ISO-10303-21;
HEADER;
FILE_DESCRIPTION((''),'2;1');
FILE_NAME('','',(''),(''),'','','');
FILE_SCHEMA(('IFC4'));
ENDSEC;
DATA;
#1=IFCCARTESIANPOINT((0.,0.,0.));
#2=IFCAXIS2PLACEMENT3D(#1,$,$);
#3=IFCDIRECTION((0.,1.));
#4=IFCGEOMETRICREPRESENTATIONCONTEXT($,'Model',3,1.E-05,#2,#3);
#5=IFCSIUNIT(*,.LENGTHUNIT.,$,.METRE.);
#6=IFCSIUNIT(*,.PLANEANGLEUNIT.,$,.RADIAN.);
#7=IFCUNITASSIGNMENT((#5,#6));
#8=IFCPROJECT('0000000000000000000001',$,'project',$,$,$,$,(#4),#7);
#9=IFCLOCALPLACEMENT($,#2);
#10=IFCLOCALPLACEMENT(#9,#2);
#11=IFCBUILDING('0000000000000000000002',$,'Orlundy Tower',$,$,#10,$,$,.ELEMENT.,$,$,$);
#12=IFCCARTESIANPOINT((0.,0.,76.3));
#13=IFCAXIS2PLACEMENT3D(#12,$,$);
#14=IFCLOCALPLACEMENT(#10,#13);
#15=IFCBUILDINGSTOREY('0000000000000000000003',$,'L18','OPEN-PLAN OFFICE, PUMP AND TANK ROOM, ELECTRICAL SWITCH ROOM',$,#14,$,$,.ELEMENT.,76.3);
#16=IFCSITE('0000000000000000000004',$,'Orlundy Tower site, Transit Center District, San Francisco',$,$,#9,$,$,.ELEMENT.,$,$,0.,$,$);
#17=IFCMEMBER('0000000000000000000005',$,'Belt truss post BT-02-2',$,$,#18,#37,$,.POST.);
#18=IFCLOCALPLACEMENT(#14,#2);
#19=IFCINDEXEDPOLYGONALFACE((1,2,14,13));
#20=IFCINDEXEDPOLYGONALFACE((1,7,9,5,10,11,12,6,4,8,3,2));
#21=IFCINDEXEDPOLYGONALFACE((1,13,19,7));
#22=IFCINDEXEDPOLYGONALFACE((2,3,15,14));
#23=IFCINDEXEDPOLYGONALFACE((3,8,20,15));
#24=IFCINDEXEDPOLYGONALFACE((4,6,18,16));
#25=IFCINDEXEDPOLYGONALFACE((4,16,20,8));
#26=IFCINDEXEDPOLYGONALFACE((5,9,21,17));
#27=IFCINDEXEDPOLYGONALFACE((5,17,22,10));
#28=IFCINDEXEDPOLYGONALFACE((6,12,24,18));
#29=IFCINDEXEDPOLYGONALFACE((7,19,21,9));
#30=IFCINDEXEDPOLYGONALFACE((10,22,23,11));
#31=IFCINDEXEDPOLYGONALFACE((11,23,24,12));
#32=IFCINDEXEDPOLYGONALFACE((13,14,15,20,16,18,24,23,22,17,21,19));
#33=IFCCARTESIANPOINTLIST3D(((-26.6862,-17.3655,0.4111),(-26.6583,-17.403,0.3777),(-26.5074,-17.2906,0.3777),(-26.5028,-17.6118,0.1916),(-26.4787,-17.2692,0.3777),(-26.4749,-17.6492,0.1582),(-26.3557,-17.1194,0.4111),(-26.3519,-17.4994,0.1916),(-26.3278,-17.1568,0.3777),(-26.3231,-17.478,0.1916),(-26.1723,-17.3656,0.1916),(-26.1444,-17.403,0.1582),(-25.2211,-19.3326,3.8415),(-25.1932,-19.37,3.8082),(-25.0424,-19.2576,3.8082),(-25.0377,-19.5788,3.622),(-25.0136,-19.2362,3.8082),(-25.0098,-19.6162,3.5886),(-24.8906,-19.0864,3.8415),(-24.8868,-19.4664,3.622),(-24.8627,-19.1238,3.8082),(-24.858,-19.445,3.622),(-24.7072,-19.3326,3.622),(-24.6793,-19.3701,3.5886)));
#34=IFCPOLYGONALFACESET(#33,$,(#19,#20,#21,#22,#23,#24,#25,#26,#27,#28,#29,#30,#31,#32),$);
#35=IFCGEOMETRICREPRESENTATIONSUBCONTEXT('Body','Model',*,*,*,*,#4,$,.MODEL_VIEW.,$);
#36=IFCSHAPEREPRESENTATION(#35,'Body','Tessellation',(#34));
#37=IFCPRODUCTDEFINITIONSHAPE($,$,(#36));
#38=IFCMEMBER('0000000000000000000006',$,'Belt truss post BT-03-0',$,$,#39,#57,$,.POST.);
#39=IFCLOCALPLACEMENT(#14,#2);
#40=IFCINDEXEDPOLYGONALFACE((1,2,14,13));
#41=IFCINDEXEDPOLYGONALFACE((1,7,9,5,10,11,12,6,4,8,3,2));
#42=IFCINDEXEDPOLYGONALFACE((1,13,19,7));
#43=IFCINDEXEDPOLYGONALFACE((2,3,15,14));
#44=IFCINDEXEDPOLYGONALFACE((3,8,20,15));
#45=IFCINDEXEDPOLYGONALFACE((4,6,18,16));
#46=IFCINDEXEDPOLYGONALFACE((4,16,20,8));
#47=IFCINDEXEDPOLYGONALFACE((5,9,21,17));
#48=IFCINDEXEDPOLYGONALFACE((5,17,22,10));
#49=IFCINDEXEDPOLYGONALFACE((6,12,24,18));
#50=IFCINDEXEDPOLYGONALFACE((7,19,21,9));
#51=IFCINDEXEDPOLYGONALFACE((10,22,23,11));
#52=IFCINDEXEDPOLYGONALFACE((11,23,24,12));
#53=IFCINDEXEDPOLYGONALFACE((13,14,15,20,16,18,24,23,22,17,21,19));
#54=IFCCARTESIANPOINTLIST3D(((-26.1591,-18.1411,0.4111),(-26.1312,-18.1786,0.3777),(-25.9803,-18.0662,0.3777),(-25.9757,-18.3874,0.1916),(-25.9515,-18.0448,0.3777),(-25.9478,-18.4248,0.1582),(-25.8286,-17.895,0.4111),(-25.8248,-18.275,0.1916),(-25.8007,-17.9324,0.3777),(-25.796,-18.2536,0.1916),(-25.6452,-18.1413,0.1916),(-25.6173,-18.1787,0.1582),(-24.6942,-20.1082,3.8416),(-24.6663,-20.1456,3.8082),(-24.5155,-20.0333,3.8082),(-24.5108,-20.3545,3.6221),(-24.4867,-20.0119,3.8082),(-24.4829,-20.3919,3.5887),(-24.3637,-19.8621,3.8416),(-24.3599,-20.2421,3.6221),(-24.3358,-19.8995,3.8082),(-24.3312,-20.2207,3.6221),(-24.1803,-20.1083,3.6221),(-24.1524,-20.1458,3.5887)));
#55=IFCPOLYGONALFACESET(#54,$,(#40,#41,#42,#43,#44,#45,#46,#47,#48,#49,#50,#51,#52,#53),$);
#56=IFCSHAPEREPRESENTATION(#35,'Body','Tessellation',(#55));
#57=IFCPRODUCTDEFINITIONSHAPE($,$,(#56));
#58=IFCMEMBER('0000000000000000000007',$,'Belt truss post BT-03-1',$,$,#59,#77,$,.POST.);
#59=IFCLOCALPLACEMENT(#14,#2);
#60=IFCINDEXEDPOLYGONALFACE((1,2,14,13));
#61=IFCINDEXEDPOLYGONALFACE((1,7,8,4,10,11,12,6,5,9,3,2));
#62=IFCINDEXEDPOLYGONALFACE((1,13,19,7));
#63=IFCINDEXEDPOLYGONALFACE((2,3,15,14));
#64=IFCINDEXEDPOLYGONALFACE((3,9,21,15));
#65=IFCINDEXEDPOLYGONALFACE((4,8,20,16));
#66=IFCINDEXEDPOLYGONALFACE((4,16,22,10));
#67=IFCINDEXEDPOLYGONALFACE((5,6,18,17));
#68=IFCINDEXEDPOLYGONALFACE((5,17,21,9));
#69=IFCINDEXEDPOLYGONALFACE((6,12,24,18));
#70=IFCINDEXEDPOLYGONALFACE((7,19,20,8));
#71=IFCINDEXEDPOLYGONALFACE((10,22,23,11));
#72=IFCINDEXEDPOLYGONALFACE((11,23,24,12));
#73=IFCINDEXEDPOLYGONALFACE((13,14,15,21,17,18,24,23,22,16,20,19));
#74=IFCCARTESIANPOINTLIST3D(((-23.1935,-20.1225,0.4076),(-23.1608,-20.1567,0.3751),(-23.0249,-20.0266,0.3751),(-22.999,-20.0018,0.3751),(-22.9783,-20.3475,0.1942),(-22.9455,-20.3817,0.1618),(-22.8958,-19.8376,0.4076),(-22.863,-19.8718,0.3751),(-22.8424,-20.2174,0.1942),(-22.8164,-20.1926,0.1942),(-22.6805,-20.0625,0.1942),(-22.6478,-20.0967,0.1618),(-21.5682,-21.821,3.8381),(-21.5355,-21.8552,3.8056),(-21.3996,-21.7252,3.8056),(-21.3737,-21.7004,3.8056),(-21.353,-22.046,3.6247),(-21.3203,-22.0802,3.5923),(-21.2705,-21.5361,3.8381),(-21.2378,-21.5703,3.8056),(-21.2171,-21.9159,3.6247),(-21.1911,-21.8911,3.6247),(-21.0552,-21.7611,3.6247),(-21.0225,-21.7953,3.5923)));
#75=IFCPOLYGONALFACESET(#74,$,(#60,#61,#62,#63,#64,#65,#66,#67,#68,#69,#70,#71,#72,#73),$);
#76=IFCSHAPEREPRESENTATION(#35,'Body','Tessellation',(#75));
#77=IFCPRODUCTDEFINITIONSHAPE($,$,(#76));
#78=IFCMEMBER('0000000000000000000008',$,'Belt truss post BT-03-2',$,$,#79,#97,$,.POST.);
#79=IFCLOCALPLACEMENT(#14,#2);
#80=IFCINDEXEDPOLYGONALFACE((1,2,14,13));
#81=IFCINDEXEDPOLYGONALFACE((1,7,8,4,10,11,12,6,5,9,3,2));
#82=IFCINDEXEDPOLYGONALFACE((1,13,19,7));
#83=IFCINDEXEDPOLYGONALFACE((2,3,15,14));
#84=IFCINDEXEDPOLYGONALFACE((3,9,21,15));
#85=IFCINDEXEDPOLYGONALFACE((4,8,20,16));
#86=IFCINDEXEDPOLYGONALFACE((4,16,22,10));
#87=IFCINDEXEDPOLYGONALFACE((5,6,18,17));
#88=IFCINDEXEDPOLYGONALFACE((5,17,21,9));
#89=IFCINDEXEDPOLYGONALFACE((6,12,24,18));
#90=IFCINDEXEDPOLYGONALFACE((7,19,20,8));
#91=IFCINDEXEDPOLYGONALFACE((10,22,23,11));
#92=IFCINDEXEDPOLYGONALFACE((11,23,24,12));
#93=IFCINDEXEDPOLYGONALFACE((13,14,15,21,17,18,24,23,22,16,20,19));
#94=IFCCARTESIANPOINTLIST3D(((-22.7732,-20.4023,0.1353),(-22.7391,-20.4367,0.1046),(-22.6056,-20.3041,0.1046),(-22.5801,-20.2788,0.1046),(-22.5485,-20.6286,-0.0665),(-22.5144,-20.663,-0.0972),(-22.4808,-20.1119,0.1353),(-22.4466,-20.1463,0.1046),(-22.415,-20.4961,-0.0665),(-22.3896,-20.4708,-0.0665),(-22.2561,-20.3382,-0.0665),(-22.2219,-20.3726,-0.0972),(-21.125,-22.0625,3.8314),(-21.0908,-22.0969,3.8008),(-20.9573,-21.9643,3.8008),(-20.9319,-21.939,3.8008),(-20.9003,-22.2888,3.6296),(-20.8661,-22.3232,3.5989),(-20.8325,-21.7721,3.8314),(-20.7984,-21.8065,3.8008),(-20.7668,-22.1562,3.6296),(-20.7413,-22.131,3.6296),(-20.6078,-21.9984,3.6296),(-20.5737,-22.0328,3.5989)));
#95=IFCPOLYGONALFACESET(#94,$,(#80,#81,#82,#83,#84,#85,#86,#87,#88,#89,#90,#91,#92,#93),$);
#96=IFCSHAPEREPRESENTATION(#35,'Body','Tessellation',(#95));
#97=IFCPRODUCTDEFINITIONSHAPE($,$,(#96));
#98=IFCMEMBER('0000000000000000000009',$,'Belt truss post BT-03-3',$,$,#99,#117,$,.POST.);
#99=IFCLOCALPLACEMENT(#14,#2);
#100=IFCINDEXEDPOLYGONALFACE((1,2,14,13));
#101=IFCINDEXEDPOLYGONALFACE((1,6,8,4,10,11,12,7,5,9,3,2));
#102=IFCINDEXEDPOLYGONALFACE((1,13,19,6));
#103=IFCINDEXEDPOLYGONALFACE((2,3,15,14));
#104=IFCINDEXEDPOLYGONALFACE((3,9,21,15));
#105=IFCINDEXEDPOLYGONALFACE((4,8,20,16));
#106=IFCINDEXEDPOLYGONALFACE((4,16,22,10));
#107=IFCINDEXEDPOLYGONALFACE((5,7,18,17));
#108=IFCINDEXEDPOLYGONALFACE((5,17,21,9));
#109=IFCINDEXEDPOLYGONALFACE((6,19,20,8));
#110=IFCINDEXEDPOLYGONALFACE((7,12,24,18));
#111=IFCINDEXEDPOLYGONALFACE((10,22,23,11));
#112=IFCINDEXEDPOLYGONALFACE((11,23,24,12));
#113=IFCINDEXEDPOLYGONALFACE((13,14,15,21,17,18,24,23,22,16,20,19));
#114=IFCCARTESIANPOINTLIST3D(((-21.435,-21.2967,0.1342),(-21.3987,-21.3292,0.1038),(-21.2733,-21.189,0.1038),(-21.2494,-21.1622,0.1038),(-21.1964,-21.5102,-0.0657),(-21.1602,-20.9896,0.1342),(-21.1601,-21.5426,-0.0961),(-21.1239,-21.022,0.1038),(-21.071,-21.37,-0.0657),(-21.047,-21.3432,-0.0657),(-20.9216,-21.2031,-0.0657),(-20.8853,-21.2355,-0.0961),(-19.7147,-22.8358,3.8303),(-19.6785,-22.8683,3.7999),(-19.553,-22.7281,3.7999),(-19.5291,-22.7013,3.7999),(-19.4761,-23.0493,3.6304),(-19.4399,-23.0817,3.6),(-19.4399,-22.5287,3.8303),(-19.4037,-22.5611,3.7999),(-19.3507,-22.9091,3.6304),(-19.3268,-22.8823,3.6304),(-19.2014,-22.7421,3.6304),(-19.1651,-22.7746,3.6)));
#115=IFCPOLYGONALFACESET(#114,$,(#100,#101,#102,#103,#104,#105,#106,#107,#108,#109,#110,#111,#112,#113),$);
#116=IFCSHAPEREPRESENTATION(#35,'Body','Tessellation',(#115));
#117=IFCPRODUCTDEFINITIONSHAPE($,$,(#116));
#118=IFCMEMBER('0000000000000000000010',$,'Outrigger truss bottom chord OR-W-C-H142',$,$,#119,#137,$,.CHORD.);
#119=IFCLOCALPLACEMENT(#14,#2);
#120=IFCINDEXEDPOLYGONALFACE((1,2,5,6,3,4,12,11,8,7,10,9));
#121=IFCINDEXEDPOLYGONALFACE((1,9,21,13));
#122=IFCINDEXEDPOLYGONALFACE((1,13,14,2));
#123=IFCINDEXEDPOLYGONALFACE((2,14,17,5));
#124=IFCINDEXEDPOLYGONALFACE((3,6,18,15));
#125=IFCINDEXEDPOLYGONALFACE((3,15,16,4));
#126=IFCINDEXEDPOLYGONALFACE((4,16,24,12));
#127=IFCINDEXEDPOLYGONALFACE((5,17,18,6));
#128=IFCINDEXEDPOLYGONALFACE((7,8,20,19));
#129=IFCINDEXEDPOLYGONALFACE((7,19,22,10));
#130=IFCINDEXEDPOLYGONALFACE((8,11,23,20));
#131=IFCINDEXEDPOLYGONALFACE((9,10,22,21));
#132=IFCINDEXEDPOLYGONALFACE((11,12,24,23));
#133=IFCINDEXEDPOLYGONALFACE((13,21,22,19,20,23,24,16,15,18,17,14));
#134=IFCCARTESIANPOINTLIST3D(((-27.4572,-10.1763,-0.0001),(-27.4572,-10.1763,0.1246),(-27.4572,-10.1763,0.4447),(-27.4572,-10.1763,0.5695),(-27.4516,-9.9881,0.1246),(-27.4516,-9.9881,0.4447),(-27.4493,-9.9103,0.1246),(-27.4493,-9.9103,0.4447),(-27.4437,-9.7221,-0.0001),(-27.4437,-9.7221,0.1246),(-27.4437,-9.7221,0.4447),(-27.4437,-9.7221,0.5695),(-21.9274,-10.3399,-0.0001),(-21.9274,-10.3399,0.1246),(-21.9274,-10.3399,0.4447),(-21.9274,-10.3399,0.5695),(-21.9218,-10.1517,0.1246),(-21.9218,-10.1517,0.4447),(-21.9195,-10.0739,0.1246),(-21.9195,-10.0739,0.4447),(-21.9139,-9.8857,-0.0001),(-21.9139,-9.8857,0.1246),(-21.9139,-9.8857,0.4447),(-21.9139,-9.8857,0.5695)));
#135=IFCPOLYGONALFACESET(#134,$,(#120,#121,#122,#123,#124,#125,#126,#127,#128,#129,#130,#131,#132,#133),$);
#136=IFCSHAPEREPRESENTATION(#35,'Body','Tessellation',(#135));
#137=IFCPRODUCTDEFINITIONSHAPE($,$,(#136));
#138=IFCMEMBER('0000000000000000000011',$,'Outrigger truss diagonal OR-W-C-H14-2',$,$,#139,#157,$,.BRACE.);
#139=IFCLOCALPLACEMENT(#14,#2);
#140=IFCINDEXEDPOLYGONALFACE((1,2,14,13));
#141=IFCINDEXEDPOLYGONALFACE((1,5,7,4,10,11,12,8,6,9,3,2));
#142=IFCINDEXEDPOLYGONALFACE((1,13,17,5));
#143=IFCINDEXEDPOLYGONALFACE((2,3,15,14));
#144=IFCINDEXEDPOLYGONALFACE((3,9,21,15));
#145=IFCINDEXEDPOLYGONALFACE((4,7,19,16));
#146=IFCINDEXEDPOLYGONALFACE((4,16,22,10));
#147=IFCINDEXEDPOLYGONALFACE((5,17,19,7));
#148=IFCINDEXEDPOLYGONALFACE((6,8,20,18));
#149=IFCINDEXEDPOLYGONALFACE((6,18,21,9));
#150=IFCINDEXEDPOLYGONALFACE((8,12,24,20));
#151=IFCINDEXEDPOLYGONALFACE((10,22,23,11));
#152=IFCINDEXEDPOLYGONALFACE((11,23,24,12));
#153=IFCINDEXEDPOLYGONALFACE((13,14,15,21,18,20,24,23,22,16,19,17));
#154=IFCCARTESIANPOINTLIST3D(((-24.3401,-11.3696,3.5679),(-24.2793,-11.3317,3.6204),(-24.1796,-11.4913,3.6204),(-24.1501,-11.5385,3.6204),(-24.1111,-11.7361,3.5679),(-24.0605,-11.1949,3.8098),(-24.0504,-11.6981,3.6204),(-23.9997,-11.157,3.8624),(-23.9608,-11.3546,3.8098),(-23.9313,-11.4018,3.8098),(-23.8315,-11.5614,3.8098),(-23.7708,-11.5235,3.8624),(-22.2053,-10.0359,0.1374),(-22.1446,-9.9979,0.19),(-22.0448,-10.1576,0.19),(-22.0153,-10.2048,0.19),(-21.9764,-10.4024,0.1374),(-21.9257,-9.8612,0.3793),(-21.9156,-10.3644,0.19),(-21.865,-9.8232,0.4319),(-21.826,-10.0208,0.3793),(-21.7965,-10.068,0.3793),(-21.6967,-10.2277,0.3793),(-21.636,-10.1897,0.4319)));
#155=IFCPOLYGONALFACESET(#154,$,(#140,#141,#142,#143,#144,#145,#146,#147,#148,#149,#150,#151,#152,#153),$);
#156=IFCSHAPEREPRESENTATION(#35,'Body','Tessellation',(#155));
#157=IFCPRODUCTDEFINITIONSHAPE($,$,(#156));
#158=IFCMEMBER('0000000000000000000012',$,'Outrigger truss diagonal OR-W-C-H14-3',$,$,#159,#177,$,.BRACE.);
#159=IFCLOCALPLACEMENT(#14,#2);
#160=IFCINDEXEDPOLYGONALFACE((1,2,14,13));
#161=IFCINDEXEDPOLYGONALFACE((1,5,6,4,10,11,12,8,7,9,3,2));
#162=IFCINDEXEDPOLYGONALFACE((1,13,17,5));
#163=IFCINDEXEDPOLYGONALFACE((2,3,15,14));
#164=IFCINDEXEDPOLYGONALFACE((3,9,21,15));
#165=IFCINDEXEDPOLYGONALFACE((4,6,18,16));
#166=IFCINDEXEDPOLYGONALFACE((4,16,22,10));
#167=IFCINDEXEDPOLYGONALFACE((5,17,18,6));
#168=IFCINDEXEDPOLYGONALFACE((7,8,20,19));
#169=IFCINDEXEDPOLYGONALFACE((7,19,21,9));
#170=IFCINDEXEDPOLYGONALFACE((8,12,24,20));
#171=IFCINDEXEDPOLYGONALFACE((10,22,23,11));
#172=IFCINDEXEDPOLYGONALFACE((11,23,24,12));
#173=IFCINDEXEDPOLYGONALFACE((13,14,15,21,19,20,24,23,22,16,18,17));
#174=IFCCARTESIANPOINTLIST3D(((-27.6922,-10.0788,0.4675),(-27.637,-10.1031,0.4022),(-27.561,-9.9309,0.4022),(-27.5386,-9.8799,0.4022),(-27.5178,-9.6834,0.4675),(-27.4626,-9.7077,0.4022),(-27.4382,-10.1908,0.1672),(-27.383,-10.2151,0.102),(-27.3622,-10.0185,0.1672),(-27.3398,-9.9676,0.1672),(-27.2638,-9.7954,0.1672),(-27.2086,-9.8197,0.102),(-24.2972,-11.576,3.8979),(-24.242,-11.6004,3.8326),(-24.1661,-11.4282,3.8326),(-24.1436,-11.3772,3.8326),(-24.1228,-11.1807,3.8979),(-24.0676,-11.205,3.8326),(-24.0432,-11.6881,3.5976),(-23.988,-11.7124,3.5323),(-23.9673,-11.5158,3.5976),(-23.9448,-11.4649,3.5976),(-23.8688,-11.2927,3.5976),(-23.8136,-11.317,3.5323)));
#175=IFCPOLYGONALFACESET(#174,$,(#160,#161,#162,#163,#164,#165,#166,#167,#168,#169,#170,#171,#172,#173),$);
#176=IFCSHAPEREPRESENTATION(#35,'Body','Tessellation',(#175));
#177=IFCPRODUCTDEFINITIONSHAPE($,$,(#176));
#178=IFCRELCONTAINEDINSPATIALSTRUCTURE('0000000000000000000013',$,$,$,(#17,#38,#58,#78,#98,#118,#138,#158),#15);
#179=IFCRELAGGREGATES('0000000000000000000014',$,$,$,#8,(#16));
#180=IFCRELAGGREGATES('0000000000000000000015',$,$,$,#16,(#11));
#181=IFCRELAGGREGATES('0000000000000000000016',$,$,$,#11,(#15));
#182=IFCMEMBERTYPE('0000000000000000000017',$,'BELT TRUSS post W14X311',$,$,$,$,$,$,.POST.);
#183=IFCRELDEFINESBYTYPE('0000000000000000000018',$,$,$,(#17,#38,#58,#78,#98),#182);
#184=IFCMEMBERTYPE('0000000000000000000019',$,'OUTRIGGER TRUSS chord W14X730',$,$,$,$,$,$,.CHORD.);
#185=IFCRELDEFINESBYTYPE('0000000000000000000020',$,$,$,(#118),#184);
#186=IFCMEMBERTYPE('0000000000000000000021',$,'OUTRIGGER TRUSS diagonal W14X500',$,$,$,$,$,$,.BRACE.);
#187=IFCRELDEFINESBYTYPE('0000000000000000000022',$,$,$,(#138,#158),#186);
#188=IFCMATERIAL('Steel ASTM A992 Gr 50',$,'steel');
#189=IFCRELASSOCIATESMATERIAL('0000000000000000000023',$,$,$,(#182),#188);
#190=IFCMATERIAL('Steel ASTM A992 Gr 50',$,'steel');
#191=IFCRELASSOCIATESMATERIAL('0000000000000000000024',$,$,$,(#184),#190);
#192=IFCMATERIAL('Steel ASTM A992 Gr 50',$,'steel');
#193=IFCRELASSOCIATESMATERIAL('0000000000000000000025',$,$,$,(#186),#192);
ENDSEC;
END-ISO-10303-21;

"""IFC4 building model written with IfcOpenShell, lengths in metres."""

from ifc_helpers import new_model, si_unit, direction, frame, origin, origin_2d, place, context, subcontext, project, spatial, i_section, extrude, material, material_profile, profile_set, type_object, element, save


model = new_model("IFC4")

# Units and contexts
model_context = context("Model", 3, precision=1e-05, world=origin(), true_north=direction((0.0, 1.0)))
body_context = subcontext(model_context, "Body", "Model", "MODEL_VIEW")
ifc_project = project(units=[si_unit("LENGTHUNIT", "METRE"), si_unit("PLANEANGLEUNIT", "RADIAN")], contexts=[model_context])

# Site, building, storey
site_placement = place(None, origin())
site = spatial("IfcSite", under=ifc_project, at=site_placement, Name="Orlundy Tower site, Transit Center District, San Francisco", CompositionType="ELEMENT", RefElevation=0.0)
building_placement = place(site_placement, origin())
building = spatial("IfcBuilding", under=site, at=building_placement, Name="Orlundy Tower", CompositionType="ELEMENT")
storey_placement = place(building_placement, frame((0.0, 0.0, 76.3)))
storey = spatial("IfcBuildingStorey", under=building, at=storey_placement, Name="L18", Description="OPEN-PLAN OFFICE, PUMP AND TANK ROOM, ELECTRICAL SWITCH ROOM", CompositionType="ELEMENT", Elevation=76.3)

# Members
ifc_material_1 = material(Name="Steel ASTM A992 Gr 50", Category="steel")
ifc_material_profile_1 = material_profile(ifc_material_1, i_section(OverallWidth=0.4121, OverallDepth=0.4348, WebThickness=0.0359, FlangeThickness=0.0574, at=origin_2d()), Name="W14X311")
ifc_profile_set_1 = profile_set([ifc_material_profile_1], Name="Steel ASTM A992 Gr 50")
member_type_1 = type_object("IfcMemberType", Name="BELT TRUSS post W14X311", PredefinedType="POST", material=ifc_profile_set_1)
for number, where, z_axis, x_axis, name in (
    (1, (-26.4153, -17.3843, 0.2847), (0.34742, -0.466449, 0.813464), (0.80199, 0.597337, 0.0), "Belt truss post BT-02-2"),
    (2, (-25.8882, -18.1599, 0.2847), (0.347369, -0.466459, 0.813481), (0.802038, 0.597273, 0.0), "Belt truss post BT-03-0"),
):
    element("IfcMember", number, at=place(storey_placement, frame(where, z_axis=z_axis, x_axis=x_axis)), inside=storey, type_object=member_type_1, Name=name, PredefinedType="POST", context=body_context, shape_type="SweptSolid", body=[
        extrude(i_section(OverallWidth=0.4121, OverallDepth=0.4348, WebThickness=0.0359, FlangeThickness=0.0574, at=origin_2d()), origin(), (0.0, 0.0, 1.0), 4.217),
    ])
member_1_placement = place(storey_placement, frame((-22.9207, -20.1096, 0.2847), z_axis=(0.390814, -0.408426, 0.824895), x_axis=(0.722513, 0.691357, 0.0)))
element("IfcMember", 3, at=member_1_placement, inside=storey, type_object=member_type_1, Name="Belt truss post BT-03-1", PredefinedType="POST", context=body_context, shape_type="SweptSolid", body=[
    extrude(i_section(OverallWidth=0.4121, OverallDepth=0.4348, WebThickness=0.0359, FlangeThickness=0.0574, at=origin_2d()), origin(), (0.0, 0.0, 1.0), 4.1587),
])
member_2_placement = place(storey_placement, frame((-22.4976, -20.3875, 0.019), z_axis=(0.376801, -0.379536, 0.84497), x_axis=(0.709659, 0.704545, 0.0)))
element("IfcMember", 4, at=member_2_placement, inside=storey, type_object=member_type_1, Name="Belt truss post BT-03-2", PredefinedType="POST", context=body_context, shape_type="SweptSolid", body=[
    extrude(i_section(OverallWidth=0.4121, OverallDepth=0.4348, WebThickness=0.0359, FlangeThickness=0.0574, at=origin_2d()), origin(), (0.0, 0.0, 1.0), 4.3743),
])
member_3_placement = place(storey_placement, frame((-21.1602, -21.2661, 0.019), z_axis=(0.394763, -0.353191, 0.848185), x_axis=(0.666776, 0.745258, 0.0)))
element("IfcMember", 5, at=member_3_placement, inside=storey, type_object=member_type_1, Name="Belt truss post BT-03-3", PredefinedType="POST", context=body_context, shape_type="SweptSolid", body=[
    extrude(i_section(OverallWidth=0.4121, OverallDepth=0.4348, WebThickness=0.0359, FlangeThickness=0.0574, at=origin_2d()), origin(), (0.0, 0.0, 1.0), 4.3577),
])
ifc_material_2 = material(Name="Steel ASTM A992 Gr 50", Category="steel")
ifc_material_profile_2 = material_profile(ifc_material_2, i_section(OverallWidth=0.4543, OverallDepth=0.5696, WebThickness=0.0779, FlangeThickness=0.1248, at=origin_2d()), Name="W14X730")
ifc_profile_set_2 = profile_set([ifc_material_profile_2], Name="Steel ASTM A992 Gr 50")
member_type_2 = type_object("IfcMemberType", Name="OUTRIGGER TRUSS chord W14X730", PredefinedType="CHORD", material=ifc_profile_set_2)
member_4_placement = place(storey_placement, frame((-21.9207, -10.1128, 0.2847), z_axis=(-0.999563, 0.029568, 0.0), x_axis=(-0.029568, -0.999563, 0.0)))
element("IfcMember", 6, at=member_4_placement, inside=storey, type_object=member_type_2, Name="Outrigger truss bottom chord OR-W-C-H142", PredefinedType="CHORD", context=body_context, shape_type="SweptSolid", body=[
    extrude(i_section(OverallWidth=0.4543, OverallDepth=0.5696, WebThickness=0.0779, FlangeThickness=0.1248, at=origin_2d()), origin(), (0.0, 0.0, 1.0), 5.5322),
])
ifc_material_3 = material(Name="Steel ASTM A992 Gr 50", Category="steel")
ifc_material_profile_3 = material_profile(ifc_material_3, i_section(OverallWidth=0.4321, OverallDepth=0.4978, WebThickness=0.0557, FlangeThickness=0.0889, at=origin_2d()), Name="W14X500")
ifc_profile_set_3 = profile_set([ifc_material_profile_3], Name="Steel ASTM A992 Gr 50")
member_type_3 = type_object("IfcMemberType", Name="OUTRIGGER TRUSS diagonal W14X500", PredefinedType="BRACE", material=ifc_profile_set_3)
member_5_placement = place(storey_placement, frame((-21.9207, -10.1128, 0.2847), z_axis=(-0.501724, -0.313462, 0.806235), x_axis=(0.529859, -0.848085, 0.0)))
element("IfcMember", 7, at=member_5_placement, inside=storey, type_object=member_type_3, Name="Outrigger truss diagonal OR-W-C-H14-2", PredefinedType="BRACE", context=body_context, shape_type="SweptSolid", body=[
    extrude(i_section(OverallWidth=0.4321, OverallDepth=0.4978, WebThickness=0.0557, FlangeThickness=0.0889, at=origin_2d()), origin(), (0.0, 0.0, 1.0), 4.2549),
])
member_6_placement = place(storey_placement, frame((-24.0554, -11.4465, 3.7151), z_axis=(-0.671841, 0.296304, -0.678847), x_axis=(-0.40353, -0.914966, 0.0)))
element("IfcMember", 8, at=member_6_placement, inside=storey, type_object=member_type_3, Name="Outrigger truss diagonal OR-W-C-H14-3", PredefinedType="BRACE", context=body_context, shape_type="SweptSolid", body=[
    extrude(i_section(OverallWidth=0.4321, OverallDepth=0.4978, WebThickness=0.0557, FlangeThickness=0.0889, at=origin_2d()), origin(), (0.0, 0.0, 1.0), 5.0532),
])

save(model, "model.ifc")
